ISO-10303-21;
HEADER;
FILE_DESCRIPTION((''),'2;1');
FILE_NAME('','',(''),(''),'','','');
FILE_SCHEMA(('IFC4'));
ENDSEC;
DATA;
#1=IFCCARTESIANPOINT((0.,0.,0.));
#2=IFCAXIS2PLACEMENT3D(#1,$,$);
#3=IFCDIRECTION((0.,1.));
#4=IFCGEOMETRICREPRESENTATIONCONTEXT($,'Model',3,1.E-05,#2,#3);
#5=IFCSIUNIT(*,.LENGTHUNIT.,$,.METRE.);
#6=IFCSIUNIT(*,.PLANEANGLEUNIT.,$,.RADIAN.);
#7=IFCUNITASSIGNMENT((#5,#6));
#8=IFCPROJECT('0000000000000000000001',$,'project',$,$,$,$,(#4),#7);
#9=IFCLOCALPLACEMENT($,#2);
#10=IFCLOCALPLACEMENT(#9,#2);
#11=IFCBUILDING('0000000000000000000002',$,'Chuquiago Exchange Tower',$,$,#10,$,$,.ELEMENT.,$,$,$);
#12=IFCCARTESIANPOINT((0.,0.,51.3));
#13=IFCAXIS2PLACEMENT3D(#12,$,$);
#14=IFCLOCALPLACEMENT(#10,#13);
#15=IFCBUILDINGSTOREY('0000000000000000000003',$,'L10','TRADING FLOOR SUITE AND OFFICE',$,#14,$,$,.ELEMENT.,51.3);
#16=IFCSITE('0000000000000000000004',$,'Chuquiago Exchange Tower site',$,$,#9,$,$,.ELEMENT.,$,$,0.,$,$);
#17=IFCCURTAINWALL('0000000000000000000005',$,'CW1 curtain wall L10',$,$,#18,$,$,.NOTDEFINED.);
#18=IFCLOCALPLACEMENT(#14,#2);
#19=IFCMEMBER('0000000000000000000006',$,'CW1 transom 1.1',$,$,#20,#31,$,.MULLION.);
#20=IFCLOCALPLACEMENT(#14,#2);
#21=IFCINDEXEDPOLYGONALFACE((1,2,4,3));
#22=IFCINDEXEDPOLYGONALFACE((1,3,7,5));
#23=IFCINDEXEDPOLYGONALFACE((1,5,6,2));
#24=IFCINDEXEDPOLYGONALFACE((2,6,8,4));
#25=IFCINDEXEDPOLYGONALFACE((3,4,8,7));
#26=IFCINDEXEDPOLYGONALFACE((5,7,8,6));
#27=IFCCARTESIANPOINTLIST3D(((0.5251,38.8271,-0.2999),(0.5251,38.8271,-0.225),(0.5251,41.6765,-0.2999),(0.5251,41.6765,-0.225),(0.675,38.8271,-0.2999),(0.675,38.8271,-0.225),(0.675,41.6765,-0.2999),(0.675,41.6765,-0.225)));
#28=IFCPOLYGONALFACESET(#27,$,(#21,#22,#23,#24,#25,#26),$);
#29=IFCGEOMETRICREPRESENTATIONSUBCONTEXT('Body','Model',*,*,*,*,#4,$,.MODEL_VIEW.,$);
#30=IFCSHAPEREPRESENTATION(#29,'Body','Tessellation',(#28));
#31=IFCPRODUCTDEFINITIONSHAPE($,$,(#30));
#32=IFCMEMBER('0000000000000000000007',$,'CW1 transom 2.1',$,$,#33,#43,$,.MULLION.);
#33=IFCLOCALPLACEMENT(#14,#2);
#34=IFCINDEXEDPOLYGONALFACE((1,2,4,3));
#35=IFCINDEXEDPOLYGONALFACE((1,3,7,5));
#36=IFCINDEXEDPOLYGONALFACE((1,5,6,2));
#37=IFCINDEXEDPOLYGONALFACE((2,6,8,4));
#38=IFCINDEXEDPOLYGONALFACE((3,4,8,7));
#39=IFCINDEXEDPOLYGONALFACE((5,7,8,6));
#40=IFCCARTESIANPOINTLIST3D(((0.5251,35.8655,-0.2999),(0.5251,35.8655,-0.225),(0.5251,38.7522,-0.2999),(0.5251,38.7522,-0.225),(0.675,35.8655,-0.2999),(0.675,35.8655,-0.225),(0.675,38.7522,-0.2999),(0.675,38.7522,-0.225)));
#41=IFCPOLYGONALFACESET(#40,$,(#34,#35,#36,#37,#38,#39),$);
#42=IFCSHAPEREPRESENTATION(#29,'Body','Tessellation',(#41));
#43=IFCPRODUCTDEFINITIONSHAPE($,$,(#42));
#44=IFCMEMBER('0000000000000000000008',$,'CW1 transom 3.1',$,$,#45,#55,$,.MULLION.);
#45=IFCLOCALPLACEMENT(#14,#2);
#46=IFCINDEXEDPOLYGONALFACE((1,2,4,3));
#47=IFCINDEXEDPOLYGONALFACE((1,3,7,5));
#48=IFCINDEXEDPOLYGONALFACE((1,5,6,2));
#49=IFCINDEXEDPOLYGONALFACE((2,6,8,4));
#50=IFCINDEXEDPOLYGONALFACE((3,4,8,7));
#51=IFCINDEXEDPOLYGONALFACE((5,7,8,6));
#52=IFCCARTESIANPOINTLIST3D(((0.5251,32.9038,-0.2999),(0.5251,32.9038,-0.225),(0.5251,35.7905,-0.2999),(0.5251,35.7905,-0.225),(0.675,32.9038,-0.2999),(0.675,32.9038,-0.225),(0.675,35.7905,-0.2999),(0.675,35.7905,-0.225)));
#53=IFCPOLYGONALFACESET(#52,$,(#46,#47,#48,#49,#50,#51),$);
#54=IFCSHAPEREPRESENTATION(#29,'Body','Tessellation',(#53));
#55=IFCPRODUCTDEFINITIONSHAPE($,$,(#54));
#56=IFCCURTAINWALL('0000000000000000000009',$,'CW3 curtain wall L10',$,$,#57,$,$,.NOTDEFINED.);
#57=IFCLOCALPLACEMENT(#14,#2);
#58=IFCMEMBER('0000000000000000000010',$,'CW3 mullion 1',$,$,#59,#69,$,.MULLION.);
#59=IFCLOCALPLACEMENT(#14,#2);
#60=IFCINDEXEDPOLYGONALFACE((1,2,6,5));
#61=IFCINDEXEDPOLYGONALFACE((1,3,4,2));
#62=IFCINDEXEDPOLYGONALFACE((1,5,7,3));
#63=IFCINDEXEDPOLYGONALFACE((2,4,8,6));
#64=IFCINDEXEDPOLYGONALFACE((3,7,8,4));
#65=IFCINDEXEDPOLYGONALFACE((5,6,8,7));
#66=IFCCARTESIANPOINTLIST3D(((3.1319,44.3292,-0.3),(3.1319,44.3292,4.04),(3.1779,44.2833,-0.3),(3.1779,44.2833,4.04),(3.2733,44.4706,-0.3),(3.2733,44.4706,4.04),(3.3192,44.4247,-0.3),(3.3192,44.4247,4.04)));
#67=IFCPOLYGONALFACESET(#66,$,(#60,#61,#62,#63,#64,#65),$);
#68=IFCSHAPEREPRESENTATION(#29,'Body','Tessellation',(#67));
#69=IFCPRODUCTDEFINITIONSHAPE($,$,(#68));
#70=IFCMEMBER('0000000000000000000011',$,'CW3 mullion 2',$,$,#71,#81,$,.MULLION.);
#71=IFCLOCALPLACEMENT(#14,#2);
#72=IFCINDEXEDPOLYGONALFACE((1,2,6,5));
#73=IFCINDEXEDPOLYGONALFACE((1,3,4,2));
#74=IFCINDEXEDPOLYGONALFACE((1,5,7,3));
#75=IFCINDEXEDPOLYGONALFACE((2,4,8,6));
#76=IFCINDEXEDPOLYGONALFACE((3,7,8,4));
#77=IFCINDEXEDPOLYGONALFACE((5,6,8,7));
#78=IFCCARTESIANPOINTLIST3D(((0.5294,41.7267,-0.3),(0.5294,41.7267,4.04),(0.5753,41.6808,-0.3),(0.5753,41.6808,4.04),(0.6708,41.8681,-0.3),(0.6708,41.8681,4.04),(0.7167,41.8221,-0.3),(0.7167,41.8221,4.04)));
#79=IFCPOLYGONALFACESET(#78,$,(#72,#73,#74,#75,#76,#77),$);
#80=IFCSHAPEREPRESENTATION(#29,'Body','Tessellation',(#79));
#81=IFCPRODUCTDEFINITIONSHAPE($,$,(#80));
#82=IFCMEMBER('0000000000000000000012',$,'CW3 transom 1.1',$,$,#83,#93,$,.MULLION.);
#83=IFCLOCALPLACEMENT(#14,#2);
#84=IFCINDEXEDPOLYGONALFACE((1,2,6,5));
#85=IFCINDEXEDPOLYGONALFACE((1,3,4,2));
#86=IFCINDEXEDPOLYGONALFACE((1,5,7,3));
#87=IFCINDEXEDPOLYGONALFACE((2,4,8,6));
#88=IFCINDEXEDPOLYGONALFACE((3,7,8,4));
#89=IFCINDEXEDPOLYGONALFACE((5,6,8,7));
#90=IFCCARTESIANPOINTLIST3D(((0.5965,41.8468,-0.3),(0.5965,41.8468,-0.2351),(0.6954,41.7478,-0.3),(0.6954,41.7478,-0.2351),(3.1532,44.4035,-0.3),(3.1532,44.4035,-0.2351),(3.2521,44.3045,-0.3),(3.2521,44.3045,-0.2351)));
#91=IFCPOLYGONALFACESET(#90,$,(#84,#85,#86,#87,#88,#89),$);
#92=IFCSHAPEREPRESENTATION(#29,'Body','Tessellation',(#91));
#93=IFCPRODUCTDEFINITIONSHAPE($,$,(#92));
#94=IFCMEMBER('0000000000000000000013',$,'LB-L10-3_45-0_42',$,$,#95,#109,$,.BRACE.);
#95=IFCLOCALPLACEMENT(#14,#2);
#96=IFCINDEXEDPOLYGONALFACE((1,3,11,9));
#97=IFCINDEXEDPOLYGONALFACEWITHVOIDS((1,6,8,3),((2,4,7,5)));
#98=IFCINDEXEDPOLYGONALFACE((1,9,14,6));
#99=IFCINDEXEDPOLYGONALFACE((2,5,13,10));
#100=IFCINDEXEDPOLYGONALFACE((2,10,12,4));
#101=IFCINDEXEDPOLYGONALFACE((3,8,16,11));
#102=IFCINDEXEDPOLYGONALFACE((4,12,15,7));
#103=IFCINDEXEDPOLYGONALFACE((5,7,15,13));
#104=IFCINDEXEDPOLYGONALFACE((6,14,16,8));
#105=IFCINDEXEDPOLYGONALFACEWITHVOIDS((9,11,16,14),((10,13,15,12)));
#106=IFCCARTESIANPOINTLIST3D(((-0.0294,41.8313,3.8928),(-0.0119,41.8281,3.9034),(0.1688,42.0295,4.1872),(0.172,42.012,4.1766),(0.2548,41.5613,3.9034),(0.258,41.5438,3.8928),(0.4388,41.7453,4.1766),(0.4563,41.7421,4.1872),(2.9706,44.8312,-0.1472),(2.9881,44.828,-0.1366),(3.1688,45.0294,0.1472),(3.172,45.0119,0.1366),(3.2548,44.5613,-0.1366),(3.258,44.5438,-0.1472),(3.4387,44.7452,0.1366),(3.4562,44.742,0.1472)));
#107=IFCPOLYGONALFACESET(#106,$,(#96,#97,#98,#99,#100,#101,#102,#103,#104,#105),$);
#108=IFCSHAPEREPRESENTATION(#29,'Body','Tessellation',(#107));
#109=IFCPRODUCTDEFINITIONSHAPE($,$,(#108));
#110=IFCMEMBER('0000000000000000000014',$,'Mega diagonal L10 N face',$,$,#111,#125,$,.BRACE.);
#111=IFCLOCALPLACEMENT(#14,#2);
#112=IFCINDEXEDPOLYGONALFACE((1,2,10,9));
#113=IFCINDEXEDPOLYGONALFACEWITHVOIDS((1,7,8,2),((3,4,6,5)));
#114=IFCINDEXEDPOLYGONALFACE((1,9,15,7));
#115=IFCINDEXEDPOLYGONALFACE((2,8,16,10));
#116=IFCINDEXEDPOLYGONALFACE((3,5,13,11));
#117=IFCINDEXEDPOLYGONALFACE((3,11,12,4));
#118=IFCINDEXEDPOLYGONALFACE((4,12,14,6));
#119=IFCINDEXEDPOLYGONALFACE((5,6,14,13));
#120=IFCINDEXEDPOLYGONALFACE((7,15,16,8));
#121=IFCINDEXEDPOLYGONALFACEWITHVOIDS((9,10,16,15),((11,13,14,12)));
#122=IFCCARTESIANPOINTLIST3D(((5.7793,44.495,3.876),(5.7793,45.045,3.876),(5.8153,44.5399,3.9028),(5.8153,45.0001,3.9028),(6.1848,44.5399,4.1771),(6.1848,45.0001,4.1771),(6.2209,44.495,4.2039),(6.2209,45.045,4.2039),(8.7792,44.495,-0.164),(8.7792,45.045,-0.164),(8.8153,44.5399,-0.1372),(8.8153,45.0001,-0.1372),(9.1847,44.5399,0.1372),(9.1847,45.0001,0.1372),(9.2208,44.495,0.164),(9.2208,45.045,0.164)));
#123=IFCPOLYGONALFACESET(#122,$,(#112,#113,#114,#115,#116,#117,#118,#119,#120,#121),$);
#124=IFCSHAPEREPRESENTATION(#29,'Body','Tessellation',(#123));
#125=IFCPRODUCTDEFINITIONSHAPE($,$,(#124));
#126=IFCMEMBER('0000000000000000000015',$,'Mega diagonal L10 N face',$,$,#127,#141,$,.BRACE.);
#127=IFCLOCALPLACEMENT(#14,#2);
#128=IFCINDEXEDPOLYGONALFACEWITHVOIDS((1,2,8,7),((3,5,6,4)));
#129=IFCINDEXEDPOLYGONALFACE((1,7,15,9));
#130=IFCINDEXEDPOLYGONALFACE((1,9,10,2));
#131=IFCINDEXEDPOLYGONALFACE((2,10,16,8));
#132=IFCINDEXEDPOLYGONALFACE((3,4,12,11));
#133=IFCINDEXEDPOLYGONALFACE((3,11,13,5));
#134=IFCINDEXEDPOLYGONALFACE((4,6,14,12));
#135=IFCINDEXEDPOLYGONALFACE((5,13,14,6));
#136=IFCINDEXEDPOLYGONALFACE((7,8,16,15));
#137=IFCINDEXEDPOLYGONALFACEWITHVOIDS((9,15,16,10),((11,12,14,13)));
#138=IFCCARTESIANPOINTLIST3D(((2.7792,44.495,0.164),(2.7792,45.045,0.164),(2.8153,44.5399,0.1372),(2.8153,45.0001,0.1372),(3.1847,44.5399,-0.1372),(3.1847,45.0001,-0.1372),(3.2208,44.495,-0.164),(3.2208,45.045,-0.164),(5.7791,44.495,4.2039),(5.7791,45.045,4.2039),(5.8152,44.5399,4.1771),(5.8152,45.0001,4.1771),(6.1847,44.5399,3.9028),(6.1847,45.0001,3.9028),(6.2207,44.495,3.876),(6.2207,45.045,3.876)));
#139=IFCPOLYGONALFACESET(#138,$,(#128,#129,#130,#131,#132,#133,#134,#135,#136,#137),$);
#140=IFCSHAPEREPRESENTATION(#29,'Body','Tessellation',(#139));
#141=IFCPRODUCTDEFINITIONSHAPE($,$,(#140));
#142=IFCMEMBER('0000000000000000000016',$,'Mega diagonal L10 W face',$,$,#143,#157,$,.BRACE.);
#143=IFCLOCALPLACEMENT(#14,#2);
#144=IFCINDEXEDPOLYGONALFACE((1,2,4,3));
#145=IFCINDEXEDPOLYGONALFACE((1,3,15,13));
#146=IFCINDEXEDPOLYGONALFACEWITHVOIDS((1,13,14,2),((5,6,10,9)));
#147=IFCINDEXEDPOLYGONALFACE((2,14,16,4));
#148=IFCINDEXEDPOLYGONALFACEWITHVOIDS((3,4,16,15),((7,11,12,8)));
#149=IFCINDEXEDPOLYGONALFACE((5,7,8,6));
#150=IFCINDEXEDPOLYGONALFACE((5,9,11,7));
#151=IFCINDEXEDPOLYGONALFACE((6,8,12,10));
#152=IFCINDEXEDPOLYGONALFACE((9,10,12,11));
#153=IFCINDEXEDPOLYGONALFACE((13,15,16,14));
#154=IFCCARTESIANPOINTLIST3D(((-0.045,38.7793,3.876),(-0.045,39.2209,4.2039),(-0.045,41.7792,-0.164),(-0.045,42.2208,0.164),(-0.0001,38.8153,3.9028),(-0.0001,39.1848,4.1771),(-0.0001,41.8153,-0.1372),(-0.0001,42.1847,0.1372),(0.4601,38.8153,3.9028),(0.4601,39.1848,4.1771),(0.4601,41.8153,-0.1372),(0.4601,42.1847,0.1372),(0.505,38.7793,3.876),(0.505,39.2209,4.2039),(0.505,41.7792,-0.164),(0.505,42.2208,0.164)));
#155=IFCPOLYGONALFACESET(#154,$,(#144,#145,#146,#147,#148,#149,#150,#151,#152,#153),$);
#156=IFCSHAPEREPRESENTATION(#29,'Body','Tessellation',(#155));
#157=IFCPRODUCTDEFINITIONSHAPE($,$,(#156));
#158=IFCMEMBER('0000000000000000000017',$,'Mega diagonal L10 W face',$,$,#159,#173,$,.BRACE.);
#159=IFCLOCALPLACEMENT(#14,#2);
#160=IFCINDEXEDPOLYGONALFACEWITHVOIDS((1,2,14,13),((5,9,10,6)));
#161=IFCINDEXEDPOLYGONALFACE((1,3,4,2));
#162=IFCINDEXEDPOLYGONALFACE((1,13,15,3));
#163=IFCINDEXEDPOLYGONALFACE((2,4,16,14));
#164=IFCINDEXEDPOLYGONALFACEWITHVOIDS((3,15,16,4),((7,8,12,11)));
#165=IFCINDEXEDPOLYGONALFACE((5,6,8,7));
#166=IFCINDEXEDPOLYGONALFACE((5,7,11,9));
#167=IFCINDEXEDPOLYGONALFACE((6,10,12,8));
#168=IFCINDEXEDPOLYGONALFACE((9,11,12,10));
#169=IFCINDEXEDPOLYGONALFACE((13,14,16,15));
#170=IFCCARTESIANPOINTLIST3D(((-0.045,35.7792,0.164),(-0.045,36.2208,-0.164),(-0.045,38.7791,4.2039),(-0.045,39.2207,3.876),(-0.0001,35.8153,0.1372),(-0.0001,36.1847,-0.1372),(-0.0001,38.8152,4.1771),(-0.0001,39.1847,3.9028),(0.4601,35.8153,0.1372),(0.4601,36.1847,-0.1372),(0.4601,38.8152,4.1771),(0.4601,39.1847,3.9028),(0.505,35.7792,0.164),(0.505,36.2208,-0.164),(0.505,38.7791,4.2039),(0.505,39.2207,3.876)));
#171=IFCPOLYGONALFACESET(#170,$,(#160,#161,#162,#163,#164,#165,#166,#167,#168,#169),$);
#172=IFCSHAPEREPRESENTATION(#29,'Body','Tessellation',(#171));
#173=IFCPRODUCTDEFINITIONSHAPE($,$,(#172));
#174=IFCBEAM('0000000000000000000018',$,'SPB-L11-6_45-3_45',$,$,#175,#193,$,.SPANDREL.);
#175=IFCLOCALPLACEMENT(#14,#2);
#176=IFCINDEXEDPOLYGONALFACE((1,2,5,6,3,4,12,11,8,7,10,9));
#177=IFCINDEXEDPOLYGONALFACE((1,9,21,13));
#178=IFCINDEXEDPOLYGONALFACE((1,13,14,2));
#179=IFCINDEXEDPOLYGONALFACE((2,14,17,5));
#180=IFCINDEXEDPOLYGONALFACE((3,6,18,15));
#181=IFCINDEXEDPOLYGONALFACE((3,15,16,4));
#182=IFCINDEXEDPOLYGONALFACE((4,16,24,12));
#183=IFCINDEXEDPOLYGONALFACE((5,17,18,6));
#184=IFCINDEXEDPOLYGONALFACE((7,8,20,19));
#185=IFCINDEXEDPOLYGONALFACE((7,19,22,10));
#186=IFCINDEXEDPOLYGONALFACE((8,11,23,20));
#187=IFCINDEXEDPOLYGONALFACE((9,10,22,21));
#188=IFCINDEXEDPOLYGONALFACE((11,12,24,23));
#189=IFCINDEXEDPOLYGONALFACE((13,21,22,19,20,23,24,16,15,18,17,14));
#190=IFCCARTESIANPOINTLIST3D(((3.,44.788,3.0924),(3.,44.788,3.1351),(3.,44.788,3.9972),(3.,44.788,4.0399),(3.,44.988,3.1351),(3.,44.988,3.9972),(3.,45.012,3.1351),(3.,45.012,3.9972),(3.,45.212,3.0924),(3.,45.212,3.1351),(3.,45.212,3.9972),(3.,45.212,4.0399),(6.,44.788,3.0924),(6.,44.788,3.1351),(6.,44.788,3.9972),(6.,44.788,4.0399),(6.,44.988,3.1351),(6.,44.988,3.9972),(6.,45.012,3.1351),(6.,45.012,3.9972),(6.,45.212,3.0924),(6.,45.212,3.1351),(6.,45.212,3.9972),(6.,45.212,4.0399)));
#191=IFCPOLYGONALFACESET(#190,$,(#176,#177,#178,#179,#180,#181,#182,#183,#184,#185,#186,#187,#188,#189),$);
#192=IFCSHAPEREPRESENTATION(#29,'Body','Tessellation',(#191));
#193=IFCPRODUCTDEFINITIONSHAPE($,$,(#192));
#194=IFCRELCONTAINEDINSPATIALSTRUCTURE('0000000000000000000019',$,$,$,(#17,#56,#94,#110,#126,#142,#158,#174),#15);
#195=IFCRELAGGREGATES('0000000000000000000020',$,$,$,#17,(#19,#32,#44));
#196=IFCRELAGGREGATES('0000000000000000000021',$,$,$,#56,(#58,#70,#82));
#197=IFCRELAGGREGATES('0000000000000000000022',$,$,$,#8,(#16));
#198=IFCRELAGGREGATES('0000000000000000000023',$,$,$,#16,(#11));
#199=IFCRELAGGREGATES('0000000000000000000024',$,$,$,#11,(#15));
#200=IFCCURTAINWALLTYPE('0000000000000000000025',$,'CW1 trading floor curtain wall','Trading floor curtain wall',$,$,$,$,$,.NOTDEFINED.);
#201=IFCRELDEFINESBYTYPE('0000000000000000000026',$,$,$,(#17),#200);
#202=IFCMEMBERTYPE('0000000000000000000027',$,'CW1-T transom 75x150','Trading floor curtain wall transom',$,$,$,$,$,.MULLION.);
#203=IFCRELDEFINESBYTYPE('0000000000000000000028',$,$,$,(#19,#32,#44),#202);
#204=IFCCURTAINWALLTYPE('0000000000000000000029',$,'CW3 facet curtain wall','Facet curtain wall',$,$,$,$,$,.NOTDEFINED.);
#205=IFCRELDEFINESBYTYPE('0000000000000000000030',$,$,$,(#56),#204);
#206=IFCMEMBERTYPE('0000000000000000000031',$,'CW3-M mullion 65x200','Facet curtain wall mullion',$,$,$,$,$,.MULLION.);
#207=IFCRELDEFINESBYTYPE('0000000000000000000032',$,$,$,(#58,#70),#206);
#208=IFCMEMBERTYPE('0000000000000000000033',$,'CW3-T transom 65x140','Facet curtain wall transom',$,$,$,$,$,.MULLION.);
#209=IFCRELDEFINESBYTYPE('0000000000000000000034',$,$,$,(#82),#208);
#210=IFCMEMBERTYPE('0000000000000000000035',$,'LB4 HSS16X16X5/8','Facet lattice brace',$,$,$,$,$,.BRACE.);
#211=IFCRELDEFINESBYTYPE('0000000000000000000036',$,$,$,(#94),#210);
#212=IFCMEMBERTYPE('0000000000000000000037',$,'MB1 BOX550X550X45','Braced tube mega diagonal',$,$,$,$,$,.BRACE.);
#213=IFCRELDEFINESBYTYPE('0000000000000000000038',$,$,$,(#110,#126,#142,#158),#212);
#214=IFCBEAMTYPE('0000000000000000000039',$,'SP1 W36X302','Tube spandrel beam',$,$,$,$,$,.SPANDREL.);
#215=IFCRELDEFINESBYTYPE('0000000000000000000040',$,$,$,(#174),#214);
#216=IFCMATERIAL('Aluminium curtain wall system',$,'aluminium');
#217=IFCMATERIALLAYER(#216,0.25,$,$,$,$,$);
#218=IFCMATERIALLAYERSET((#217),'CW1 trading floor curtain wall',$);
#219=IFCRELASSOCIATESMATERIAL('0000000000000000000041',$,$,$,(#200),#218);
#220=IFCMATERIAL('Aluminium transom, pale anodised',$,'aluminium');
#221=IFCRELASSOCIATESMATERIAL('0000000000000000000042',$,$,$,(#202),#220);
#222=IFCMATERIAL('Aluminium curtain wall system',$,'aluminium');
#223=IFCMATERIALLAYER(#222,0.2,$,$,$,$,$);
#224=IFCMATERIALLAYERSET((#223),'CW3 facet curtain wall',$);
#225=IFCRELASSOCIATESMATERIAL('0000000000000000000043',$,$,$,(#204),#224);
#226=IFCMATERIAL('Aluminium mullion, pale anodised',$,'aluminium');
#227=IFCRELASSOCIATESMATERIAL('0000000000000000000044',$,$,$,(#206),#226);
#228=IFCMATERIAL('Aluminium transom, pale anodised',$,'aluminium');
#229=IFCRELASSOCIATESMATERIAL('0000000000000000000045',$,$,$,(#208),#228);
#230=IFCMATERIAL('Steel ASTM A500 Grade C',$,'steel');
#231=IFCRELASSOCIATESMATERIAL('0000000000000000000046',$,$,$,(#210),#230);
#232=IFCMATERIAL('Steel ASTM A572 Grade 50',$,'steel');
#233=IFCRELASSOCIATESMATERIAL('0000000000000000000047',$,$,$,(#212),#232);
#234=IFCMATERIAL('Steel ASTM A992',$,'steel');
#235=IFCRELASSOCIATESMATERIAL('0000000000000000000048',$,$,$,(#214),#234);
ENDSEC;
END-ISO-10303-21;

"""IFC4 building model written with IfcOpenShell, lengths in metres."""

from ifc_helpers import new_model, si_unit, direction, frame, origin, origin_2d, place, context, subcontext, project, spatial, rectangle, hollow_rectangle, i_section, extrude, material, layer, layer_set, material_profile, profile_set, type_object, element, aggregate, save


model = new_model("IFC4")

# Units and contexts
model_context = context("Model", 3, precision=1e-05, world=origin(), true_north=direction((0.0, 1.0)))
body_context = subcontext(model_context, "Body", "Model", "MODEL_VIEW")
ifc_project = project(units=[si_unit("LENGTHUNIT", "METRE"), si_unit("PLANEANGLEUNIT", "RADIAN")], contexts=[model_context])

# Site, building, storey
site_placement = place(None, origin())
site = spatial("IfcSite", under=ifc_project, at=site_placement, Name="Chuquiago Exchange Tower site", CompositionType="ELEMENT", RefElevation=0.0)
building_placement = place(site_placement, origin())
building = spatial("IfcBuilding", under=site, at=building_placement, Name="Chuquiago Exchange Tower", CompositionType="ELEMENT")
storey_placement = place(building_placement, frame((0.0, 0.0, 51.3)))
storey = spatial("IfcBuildingStorey", under=building, at=storey_placement, Name="L10", Description="TRADING FLOOR SUITE AND OFFICE", CompositionType="ELEMENT", Elevation=51.3)

# Curtain wall
ifc_material_1 = material(Name="Aluminium curtain wall system", Category="aluminium")
ifc_layer_1 = layer(ifc_material_1, 0.25)
ifc_layer_set_1 = layer_set([ifc_layer_1], Name="CW1 trading floor curtain wall")
curtain_wall_type_1 = type_object("IfcCurtainWallType", Name="CW1 trading floor curtain wall", Description="Trading floor curtain wall", PredefinedType="NOTDEFINED", material=ifc_layer_set_1)
curtain_wall_1_placement = place(storey_placement, origin())
curtain_wall_1 = element("IfcCurtainWall", 1, at=curtain_wall_1_placement, inside=storey, type_object=curtain_wall_type_1, Name="CW1 curtain wall L10", PredefinedType="NOTDEFINED")

# Members
ifc_material_2 = material(Name="Aluminium transom, pale anodised", Category="aluminium")
ifc_material_profile_1 = material_profile(ifc_material_2, rectangle(XDim=0.1499, YDim=0.075, at=origin_2d()), Name="AL 150x75")
ifc_profile_set_1 = profile_set([ifc_material_profile_1], Name="Aluminium transom, pale anodised")
member_type_1 = type_object("IfcMemberType", Name="CW1-T transom 75x150", Description="Trading floor curtain wall transom", PredefinedType="MULLION", material=ifc_profile_set_1)
member_1_placement = place(storey_placement, frame((0.6001, 41.6765, -0.2625), z_axis=(0.0, -1.0, 0.0), x_axis=(1.0, 0.0, 0.0)))
member_1 = element("IfcMember", 2, at=member_1_placement, type_object=member_type_1, Name="CW1 transom 1.1", PredefinedType="MULLION", context=body_context, shape_type="SweptSolid", body=[
    extrude(rectangle(XDim=0.1499, YDim=0.075, at=origin_2d()), origin(), (0.0, 0.0, 1.0), 2.8494),
])
member_2_placement = place(storey_placement, frame((0.6001, 38.7522, -0.2625), z_axis=(0.0, -1.0, 0.0), x_axis=(1.0, 0.0, 0.0)))
member_2 = element("IfcMember", 3, at=member_2_placement, type_object=member_type_1, Name="CW1 transom 2.1", PredefinedType="MULLION", context=body_context, shape_type="SweptSolid", body=[
    extrude(rectangle(XDim=0.1499, YDim=0.075, at=origin_2d()), origin(), (0.0, 0.0, 1.0), 2.8867),
])
member_3_placement = place(storey_placement, frame((0.6001, 35.7905, -0.2625), z_axis=(0.0, -1.0, 0.0), x_axis=(1.0, 0.0, 0.0)))
member_3 = element("IfcMember", 4, at=member_3_placement, type_object=member_type_1, Name="CW1 transom 3.1", PredefinedType="MULLION", context=body_context, shape_type="SweptSolid", body=[
    extrude(rectangle(XDim=0.1499, YDim=0.075, at=origin_2d()), origin(), (0.0, 0.0, 1.0), 2.8867),
])

# Curtain wall, members
ifc_material_3 = material(Name="Aluminium curtain wall system", Category="aluminium")
ifc_layer_2 = layer(ifc_material_3, 0.2)
ifc_layer_set_2 = layer_set([ifc_layer_2], Name="CW3 facet curtain wall")
curtain_wall_type_2 = type_object("IfcCurtainWallType", Name="CW3 facet curtain wall", Description="Facet curtain wall", PredefinedType="NOTDEFINED", material=ifc_layer_set_2)
curtain_wall_2_placement = place(storey_placement, origin())
curtain_wall_2 = element("IfcCurtainWall", 5, at=curtain_wall_2_placement, inside=storey, type_object=curtain_wall_type_2, Name="CW3 curtain wall L10", PredefinedType="NOTDEFINED")
ifc_material_4 = material(Name="Aluminium mullion, pale anodised", Category="aluminium")
ifc_material_profile_2 = material_profile(ifc_material_4, rectangle(XDim=0.0649, YDim=0.2, at=origin_2d()), Name="AL 65x200")
ifc_profile_set_2 = profile_set([ifc_material_profile_2], Name="Aluminium mullion, pale anodised")
member_type_2 = type_object("IfcMemberType", Name="CW3-M mullion 65x200", Description="Facet curtain wall mullion", PredefinedType="MULLION", material=ifc_profile_set_2)
member_4_placement = place(storey_placement, frame((3.2256, 44.377, -0.3), z_axis=(0.0, 0.0, 1.0), x_axis=(0.707107, -0.707107, 0.0)))
member_4 = element("IfcMember", 6, at=member_4_placement, type_object=member_type_2, Name="CW3 mullion 1", PredefinedType="MULLION", context=body_context, shape_type="SweptSolid", body=[
    extrude(rectangle(XDim=0.0649, YDim=0.2, at=origin_2d()), origin(), (0.0, 0.0, 1.0), 4.3401),
])
member_5_placement = place(storey_placement, frame((0.623, 41.7744, -0.3), z_axis=(0.0, 0.0, 1.0), x_axis=(0.707107, -0.707107, 0.0)))
member_5 = element("IfcMember", 7, at=member_5_placement, type_object=member_type_2, Name="CW3 mullion 2", PredefinedType="MULLION", context=body_context, shape_type="SweptSolid", body=[
    extrude(rectangle(XDim=0.0649, YDim=0.2, at=origin_2d()), origin(), (0.0, 0.0, 1.0), 4.3401),
])
ifc_material_5 = material(Name="Aluminium transom, pale anodised", Category="aluminium")
ifc_material_profile_3 = material_profile(ifc_material_5, rectangle(XDim=0.1399, YDim=0.0649, at=origin_2d()), Name="AL 140x65")
ifc_profile_set_3 = profile_set([ifc_material_profile_3], Name="Aluminium transom, pale anodised")
member_type_3 = type_object("IfcMemberType", Name="CW3-T transom 65x140", Description="Facet curtain wall transom", PredefinedType="MULLION", material=ifc_profile_set_3)
member_6_placement = place(storey_placement, frame((3.2026, 44.354, -0.2676), z_axis=(-0.707107, -0.707107, 0.0), x_axis=(0.707107, -0.707107, 0.0)))
member_6 = element("IfcMember", 8, at=member_6_placement, type_object=member_type_3, Name="CW3 transom 1.1", PredefinedType="MULLION", context=body_context, shape_type="SweptSolid", body=[
    extrude(rectangle(XDim=0.1399, YDim=0.0649, at=origin_2d()), origin(), (0.0, 0.0, 1.0), 3.6157),
])

# Members
ifc_material_6 = material(Name="Steel ASTM A500 Grade C", Category="steel")
ifc_material_profile_4 = material_profile(ifc_material_6, hollow_rectangle(XDim=0.4065, YDim=0.4065, WallThickness=0.0146, at=origin_2d()), Name="HSS16X16X5/8")
ifc_profile_set_4 = profile_set([ifc_material_profile_4], Name="Steel ASTM A500 Grade C")
member_type_4 = type_object("IfcMemberType", Name="LB4 HSS16X16X5/8", Description="Facet lattice brace", PredefinedType="BRACE", material=ifc_profile_set_4)
member_7_placement = place(storey_placement, frame((3.2134, 44.7866, 0.0), z_axis=(-0.512077, -0.512077, 0.689604), x_axis=(0.707107, -0.707107, 0.0)))
element("IfcMember", 9, at=member_7_placement, inside=storey, type_object=member_type_4, Name="LB-L10-3_45-0_42", PredefinedType="BRACE", context=body_context, shape_type="SweptSolid", body=[
    extrude(hollow_rectangle(XDim=0.4065, YDim=0.4065, WallThickness=0.0146, at=origin_2d()), origin(), (0.0, 0.0, 1.0), 5.8584),
])
ifc_material_7 = material(Name="Steel ASTM A572 Grade 50", Category="steel")
ifc_material_profile_5 = material_profile(ifc_material_7, hollow_rectangle(XDim=0.55, YDim=0.55, WallThickness=0.0449, at=origin_2d()), Name="BOX550X550X45")
ifc_profile_set_5 = profile_set([ifc_material_profile_5], Name="Steel ASTM A572 Grade 50")
member_type_5 = type_object("IfcMemberType", Name="MB1 BOX550X550X45", Description="Braced tube mega diagonal", PredefinedType="BRACE", material=ifc_profile_set_5)
for number, where, z_axis, x_axis, name in (
    (10, (9.0, 44.77, 0.0), (-0.596174, 0.0, 0.802855), (0.0, -1.0, 0.0), "Mega diagonal L10 N face"),
    (11, (3.0, 44.77, 0.0), (0.596174, 0.0, 0.802855), (0.0, 1.0, 0.0), "Mega diagonal L10 N face"),
    (12, (0.23, 42.0, 0.0), (0.0, -0.596174, 0.802855), (1.0, 0.0, 0.0), "Mega diagonal L10 W face"),
    (13, (0.23, 36.0, 0.0), (0.0, 0.596174, 0.802855), (-1.0, 0.0, 0.0), "Mega diagonal L10 W face"),
):
    element("IfcMember", number, at=place(storey_placement, frame(where, z_axis=z_axis, x_axis=x_axis)), inside=storey, type_object=member_type_5, Name=name, PredefinedType="BRACE", context=body_context, shape_type="SweptSolid", body=[
        extrude(hollow_rectangle(XDim=0.55, YDim=0.55, WallThickness=0.0449, at=origin_2d()), origin(), (0.0, 0.0, 1.0), 5.032),
    ])

# Beam
ifc_material_8 = material(Name="Steel ASTM A992", Category="steel")
ifc_material_profile_6 = material_profile(ifc_material_8, i_section(OverallWidth=0.4241, OverallDepth=0.9475, WebThickness=0.0239, FlangeThickness=0.0427, at=origin_2d()), Name="W36X302")
ifc_profile_set_6 = profile_set([ifc_material_profile_6], Name="Steel ASTM A992")
beam_type = type_object("IfcBeamType", Name="SP1 W36X302", Description="Tube spandrel beam", PredefinedType="SPANDREL", material=ifc_profile_set_6)
beam_1_placement = place(storey_placement, frame((6.0, 45.0, 3.5662), z_axis=(-1.0, 0.0, 0.0), x_axis=(0.0, -1.0, 0.0)))
element("IfcBeam", 14, at=beam_1_placement, inside=storey, type_object=beam_type, Name="SPB-L11-6_45-3_45", PredefinedType="SPANDREL", context=body_context, shape_type="SweptSolid", body=[
    extrude(i_section(OverallWidth=0.4241, OverallDepth=0.9475, WebThickness=0.0239, FlangeThickness=0.0427, at=origin_2d()), origin(), (0.0, 0.0, 1.0), 3.0),
])

aggregate(curtain_wall_1, [member_1, member_2, member_3])
aggregate(curtain_wall_2, [member_4, member_5, member_6])

save(model, "model.ifc")
